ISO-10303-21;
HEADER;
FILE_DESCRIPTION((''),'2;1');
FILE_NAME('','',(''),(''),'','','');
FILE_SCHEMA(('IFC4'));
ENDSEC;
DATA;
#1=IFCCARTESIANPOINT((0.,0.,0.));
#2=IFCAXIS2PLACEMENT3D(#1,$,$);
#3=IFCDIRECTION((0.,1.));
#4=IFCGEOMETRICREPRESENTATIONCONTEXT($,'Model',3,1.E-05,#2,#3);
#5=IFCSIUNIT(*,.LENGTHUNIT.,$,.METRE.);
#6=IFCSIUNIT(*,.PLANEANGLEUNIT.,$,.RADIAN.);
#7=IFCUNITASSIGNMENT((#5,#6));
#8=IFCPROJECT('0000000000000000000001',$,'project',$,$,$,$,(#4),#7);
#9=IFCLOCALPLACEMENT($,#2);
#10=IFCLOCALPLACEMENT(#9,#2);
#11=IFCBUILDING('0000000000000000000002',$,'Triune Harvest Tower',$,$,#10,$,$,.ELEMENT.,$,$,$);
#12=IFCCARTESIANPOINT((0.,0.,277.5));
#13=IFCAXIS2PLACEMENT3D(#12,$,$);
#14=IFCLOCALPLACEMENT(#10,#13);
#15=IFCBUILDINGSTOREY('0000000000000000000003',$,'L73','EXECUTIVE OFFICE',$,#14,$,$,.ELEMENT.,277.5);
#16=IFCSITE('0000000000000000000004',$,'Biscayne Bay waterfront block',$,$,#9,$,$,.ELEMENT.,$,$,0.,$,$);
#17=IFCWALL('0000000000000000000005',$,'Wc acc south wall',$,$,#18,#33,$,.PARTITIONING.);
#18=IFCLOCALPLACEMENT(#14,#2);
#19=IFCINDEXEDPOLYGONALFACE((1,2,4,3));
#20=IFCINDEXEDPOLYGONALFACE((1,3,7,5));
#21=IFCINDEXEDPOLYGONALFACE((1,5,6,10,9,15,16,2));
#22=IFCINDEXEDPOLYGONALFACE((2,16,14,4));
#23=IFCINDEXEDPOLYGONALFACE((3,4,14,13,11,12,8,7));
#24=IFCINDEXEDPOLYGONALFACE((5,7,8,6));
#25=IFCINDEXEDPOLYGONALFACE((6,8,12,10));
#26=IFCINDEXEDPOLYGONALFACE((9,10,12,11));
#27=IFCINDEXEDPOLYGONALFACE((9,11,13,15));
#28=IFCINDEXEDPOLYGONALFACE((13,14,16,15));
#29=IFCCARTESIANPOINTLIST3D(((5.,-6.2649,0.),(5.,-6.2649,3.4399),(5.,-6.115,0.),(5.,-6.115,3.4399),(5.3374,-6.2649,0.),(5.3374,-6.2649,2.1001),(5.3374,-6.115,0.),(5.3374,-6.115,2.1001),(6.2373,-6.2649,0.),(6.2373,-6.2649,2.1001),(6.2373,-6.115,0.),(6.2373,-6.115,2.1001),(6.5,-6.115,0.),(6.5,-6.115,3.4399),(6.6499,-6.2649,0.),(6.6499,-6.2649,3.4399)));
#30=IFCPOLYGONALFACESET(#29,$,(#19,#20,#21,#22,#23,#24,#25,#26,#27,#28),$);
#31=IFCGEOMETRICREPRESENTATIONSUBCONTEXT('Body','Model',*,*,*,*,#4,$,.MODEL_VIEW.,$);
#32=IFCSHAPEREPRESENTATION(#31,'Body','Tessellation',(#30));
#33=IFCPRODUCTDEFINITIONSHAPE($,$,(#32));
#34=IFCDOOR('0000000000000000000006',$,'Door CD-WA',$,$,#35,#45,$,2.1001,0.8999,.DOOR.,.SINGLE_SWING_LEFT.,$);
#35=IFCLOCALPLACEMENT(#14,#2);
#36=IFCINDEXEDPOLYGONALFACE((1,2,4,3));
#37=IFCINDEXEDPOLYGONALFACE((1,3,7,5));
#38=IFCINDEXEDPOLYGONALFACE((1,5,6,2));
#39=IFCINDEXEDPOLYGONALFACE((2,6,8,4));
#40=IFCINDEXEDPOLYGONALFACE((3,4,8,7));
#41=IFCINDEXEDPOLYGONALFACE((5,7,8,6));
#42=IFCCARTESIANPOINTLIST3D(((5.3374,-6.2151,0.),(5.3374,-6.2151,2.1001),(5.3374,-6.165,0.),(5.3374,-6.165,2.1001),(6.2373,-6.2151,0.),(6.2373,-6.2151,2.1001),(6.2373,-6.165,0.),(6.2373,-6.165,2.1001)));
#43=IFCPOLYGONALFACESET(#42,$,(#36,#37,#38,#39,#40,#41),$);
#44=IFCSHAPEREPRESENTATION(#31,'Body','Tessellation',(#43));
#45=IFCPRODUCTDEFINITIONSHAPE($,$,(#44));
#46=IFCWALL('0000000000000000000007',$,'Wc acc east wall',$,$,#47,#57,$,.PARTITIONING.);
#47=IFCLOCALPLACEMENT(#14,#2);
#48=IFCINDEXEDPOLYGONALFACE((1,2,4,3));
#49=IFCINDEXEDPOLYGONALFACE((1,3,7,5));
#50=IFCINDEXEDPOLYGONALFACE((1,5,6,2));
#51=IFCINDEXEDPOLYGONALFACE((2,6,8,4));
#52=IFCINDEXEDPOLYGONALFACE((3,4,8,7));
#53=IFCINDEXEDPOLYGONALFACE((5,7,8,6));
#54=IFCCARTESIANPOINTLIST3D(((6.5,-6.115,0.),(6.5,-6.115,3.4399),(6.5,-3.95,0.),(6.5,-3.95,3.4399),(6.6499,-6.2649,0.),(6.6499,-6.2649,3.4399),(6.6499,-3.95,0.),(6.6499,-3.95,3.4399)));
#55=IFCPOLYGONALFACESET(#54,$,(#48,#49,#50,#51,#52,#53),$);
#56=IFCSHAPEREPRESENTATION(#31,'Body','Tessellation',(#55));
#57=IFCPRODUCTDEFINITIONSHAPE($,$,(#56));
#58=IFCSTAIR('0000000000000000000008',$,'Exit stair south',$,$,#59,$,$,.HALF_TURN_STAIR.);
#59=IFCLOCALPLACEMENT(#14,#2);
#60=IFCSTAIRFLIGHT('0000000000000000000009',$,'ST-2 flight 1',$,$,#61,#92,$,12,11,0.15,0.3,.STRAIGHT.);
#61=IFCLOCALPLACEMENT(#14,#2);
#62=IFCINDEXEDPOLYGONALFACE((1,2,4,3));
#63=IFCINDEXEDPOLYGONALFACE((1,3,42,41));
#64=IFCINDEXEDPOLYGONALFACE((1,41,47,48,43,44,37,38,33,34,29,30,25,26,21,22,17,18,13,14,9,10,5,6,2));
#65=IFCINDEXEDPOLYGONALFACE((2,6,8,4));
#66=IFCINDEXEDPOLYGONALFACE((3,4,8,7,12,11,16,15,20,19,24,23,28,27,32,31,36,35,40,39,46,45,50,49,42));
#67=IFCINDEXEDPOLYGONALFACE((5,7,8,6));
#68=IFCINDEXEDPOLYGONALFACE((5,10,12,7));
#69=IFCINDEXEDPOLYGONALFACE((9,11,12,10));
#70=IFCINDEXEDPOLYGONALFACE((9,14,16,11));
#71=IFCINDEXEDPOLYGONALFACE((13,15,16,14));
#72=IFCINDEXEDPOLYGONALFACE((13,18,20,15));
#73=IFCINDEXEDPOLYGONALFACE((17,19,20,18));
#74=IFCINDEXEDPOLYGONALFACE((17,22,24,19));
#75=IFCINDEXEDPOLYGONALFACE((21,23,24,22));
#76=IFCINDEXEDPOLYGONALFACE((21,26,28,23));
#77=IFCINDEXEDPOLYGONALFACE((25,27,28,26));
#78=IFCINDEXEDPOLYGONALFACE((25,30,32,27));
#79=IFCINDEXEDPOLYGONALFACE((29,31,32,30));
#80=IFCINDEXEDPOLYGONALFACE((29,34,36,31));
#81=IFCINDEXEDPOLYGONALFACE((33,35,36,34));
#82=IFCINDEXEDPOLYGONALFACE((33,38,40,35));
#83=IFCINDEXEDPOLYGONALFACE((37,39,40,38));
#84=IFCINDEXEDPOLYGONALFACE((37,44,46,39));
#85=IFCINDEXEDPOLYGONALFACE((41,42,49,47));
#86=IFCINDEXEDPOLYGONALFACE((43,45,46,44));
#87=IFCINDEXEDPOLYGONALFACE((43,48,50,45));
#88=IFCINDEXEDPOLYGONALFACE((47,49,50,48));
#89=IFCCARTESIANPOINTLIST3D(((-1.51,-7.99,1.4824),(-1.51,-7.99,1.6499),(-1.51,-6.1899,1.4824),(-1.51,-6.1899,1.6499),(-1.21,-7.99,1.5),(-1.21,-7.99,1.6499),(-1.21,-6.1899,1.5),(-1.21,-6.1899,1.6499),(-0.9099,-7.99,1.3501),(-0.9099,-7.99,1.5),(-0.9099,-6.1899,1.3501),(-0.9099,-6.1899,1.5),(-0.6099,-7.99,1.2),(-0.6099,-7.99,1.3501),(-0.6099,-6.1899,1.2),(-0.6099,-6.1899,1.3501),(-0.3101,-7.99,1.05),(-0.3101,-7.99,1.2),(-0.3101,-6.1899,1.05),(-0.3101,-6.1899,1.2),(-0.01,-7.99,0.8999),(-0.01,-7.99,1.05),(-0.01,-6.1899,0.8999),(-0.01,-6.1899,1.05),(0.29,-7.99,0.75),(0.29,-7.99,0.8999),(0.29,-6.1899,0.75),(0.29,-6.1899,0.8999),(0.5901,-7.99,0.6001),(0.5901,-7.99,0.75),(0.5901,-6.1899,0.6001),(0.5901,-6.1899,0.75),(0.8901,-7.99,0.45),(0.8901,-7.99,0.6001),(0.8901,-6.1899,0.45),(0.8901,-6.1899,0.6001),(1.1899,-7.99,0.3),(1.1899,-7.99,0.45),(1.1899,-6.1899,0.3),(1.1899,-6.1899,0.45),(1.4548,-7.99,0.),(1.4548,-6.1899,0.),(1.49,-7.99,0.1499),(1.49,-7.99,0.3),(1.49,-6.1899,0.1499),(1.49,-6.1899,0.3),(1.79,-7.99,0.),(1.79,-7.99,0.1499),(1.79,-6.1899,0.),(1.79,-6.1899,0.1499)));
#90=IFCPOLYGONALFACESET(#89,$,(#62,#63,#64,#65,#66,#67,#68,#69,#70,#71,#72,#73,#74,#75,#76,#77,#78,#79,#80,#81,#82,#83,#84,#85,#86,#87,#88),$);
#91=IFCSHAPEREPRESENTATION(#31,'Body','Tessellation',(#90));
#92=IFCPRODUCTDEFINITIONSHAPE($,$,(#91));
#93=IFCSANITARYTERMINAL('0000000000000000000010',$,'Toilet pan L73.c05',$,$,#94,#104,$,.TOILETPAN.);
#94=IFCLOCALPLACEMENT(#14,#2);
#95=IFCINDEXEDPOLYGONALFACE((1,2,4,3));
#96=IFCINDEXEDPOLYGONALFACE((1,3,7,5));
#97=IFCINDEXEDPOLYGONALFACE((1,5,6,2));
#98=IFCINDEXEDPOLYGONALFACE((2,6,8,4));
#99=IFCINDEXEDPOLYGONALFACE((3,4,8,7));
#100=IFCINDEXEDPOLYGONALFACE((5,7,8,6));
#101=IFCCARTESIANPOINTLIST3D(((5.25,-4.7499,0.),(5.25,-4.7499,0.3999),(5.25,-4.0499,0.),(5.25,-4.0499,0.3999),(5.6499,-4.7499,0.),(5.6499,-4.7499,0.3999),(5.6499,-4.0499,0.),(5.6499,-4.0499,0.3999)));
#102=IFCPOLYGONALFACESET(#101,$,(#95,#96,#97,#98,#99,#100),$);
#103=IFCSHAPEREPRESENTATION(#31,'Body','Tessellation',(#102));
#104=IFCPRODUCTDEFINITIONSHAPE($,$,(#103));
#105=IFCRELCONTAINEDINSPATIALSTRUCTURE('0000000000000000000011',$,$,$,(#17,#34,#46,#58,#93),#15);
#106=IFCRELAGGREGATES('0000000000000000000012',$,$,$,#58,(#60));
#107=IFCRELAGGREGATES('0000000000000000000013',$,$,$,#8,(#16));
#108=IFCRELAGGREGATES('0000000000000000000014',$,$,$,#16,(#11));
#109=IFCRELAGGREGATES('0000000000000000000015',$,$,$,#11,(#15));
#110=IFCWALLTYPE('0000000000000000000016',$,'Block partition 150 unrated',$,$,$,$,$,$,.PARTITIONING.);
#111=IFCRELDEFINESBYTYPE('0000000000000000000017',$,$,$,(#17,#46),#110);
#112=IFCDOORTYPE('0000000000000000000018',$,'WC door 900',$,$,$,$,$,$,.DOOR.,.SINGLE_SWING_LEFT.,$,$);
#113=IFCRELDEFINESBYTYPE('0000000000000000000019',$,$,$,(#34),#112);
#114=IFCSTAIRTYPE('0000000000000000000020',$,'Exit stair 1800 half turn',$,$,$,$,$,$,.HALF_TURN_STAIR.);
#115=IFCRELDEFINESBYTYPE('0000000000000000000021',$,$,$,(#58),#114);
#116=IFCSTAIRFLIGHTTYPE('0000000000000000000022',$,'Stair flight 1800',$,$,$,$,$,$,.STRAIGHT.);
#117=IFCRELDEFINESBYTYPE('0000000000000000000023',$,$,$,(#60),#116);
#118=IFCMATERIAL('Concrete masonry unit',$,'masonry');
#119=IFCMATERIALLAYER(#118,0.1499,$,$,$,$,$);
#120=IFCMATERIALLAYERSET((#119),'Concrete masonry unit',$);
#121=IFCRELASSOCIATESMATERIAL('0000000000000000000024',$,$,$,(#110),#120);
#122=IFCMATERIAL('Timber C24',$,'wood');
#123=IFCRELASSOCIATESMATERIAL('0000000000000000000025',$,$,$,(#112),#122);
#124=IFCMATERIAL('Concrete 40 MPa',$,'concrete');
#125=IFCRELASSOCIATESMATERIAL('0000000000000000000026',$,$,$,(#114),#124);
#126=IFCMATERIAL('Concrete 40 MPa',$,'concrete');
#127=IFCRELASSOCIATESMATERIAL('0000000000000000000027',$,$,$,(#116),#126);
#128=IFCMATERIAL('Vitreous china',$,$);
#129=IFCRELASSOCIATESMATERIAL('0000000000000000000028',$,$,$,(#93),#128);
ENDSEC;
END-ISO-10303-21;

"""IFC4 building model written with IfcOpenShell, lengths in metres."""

from ifc_helpers import new_model, si_unit, direction, frame, frame_2d, origin, origin_2d, place, context, subcontext, project, spatial, polyline, rectangle, outline, extrude, source, transform, mapped, material, layer, layer_set, type_object, element, fill, aggregate, save


model = new_model("IFC4")

# Units and contexts
model_context = context("Model", 3, precision=1e-05, world=origin(), true_north=direction((0.0, 1.0)))
body_context = subcontext(model_context, "Body", "Model", "MODEL_VIEW")
ifc_project = project(units=[si_unit("LENGTHUNIT", "METRE"), si_unit("PLANEANGLEUNIT", "RADIAN")], contexts=[model_context])

# Site, building, storey
site_placement = place(None, origin())
site = spatial("IfcSite", under=ifc_project, at=site_placement, Name="Biscayne Bay waterfront block", CompositionType="ELEMENT", RefElevation=0.0)
building_placement = place(site_placement, origin())
building = spatial("IfcBuilding", under=site, at=building_placement, Name="Triune Harvest Tower", CompositionType="ELEMENT")
storey_placement = place(building_placement, frame((0.0, 0.0, 277.5)))
storey = spatial("IfcBuildingStorey", under=building, at=storey_placement, Name="L73", Description="EXECUTIVE OFFICE", CompositionType="ELEMENT", Elevation=277.5)

# Wall, opening, door
ifc_material_1 = material(Name="Concrete masonry unit", Category="masonry")
ifc_layer_1 = layer(ifc_material_1, 0.1499)
ifc_layer_set_1 = layer_set([ifc_layer_1], Name="Concrete masonry unit")
wall_type_1 = type_object("IfcWallType", Name="Block partition 150 unrated", PredefinedType="PARTITIONING", material=ifc_layer_set_1)
shared_shape_1 = source(origin(), body_context, "Body", "SweptSolid", [
    extrude(outline(polyline([(0.0, -0.075), (1.6499, -0.075), (1.5, 0.075), (0.0, 0.075), (0.0, -0.075)])), origin(), (0.0, 0.0, 1.0), 3.4399),
])
wall_1_placement = place(storey_placement, frame((5.0, -6.1899, 0.0), z_axis=(0.0, 0.0, 1.0), x_axis=(1.0, 0.0, 0.0)))
wall_1 = element("IfcWall", 1, at=wall_1_placement, inside=storey, type_object=wall_type_1, Name="Wc acc south wall", PredefinedType="PARTITIONING", context=body_context, shape_type="MappedRepresentation", body=[
    mapped(shared_shape_1, transform((0.0, 0.0, 0.0), scale=1.0)),
])
opening_1_placement = place(wall_1_placement, frame((0.3374, 0.0, 0.0)))
opening_1 = element("IfcOpeningElement", 2, at=opening_1_placement, cuts=wall_1, PredefinedType="OPENING", context=body_context, shape_type="SweptSolid", body=[
    extrude(rectangle(XDim=0.8999, YDim=2.1001, at=frame_2d((0.45, 1.05))), frame((0.0, 0.085, 0.0), z_axis=(0.0, -1.0, 0.0), x_axis=(1.0, 0.0, 0.0)), (0.0, 0.0, 1.0), 0.1699),
])
ifc_material_2 = material(Name="Timber C24", Category="wood")
door_type_1 = type_object("IfcDoorType", Name="WC door 900", OperationType="SINGLE_SWING_LEFT", PredefinedType="DOOR", material=ifc_material_2)
door_1_placement = place(opening_1_placement, origin())
door_1 = element("IfcDoor", 3, at=door_1_placement, inside=storey, type_object=door_type_1, Name="Door CD-WA", OperationType="SINGLE_SWING_LEFT", OverallHeight=2.1001, OverallWidth=0.8999, PredefinedType="DOOR", context=body_context, shape_type="SweptSolid", body=[
    extrude(rectangle(XDim=0.8999, YDim=2.1001, at=frame_2d((0.45, 1.05))), frame((0.0, 0.0249, 0.0), z_axis=(0.0, -1.0, 0.0), x_axis=(1.0, 0.0, 0.0)), (0.0, 0.0, 1.0), 0.05),
])
fill(opening_1, door_1)

# Wall
shared_shape_2 = source(origin(), body_context, "Body", "SweptSolid", [
    extrude(outline(polyline([(-0.075, -0.075), (2.24, -0.075), (2.24, 0.075), (0.075, 0.075), (-0.075, -0.075)])), origin(), (0.0, 0.0, 1.0), 3.4399),
])
wall_2_placement = place(storey_placement, frame((6.575, -6.1899, 0.0), z_axis=(0.0, 0.0, 1.0), x_axis=(0.0, 1.0, 0.0)))
element("IfcWall", 4, at=wall_2_placement, inside=storey, type_object=wall_type_1, Name="Wc acc east wall", PredefinedType="PARTITIONING", context=body_context, shape_type="MappedRepresentation", body=[
    mapped(shared_shape_2, transform((0.0, 0.0, 0.0), scale=1.0)),
])

# Stair, stair flight
ifc_material_3 = material(Name="Concrete 40 MPa", Category="concrete")
stair_type = type_object("IfcStairType", Name="Exit stair 1800 half turn", PredefinedType="HALF_TURN_STAIR", material=ifc_material_3)
stair_placement = place(storey_placement, origin())
stair = element("IfcStair", 5, at=stair_placement, inside=storey, type_object=stair_type, Name="Exit stair south", PredefinedType="HALF_TURN_STAIR")
ifc_material_4 = material(Name="Concrete 40 MPa", Category="concrete")
stair_flight_type = type_object("IfcStairFlightType", Name="Stair flight 1800", PredefinedType="STRAIGHT", material=ifc_material_4)
shared_shape_3 = source(origin(), body_context, "Body", "SweptSolid", [
    extrude(outline(polyline([(0.0, 0.0), (0.0, 0.1499), (0.3, 0.1499), (0.3, 0.3), (0.6001, 0.3), (0.6001, 0.45), (0.8999, 0.45), (0.8999, 0.6001), (1.2, 0.6001), (1.2, 0.75), (1.5, 0.75), (1.5, 0.8999), (1.8, 0.8999), (1.8, 1.05), (2.1001, 1.05), (2.1001, 1.2), (2.3999, 1.2), (2.3999, 1.3501), (2.7, 1.3501), (2.7, 1.5), (3.0, 1.5), (3.0, 1.6499), (3.3, 1.6499), (3.3, 1.8), (3.3, 1.4824), (0.3352, 0.0), (0.0, 0.0)])), frame((0.0, 0.8999, 0.0), z_axis=(0.0, -1.0, 0.0), x_axis=(1.0, 0.0, 0.0)), (0.0, 0.0, 1.0), 1.8),
])
stair_flight_placement = place(storey_placement, frame((1.79, -7.0901, 0.0), z_axis=(0.0, 0.0, 1.0), x_axis=(-1.0, 0.0, 0.0)))
stair_flight = element("IfcStairFlight", 6, at=stair_flight_placement, type_object=stair_flight_type, Name="ST-2 flight 1", NumberOfRisers=12, NumberOfTreads=11, PredefinedType="STRAIGHT", RiserHeight=0.15, TreadLength=0.3, context=body_context, shape_type="MappedRepresentation", body=[
    mapped(shared_shape_3, transform((0.0, 0.0, 0.0), scale=1.0)),
])
aggregate(stair, [stair_flight])

# Sanitary terminal
ifc_material_5 = material(Name="Vitreous china")
shared_shape_4 = source(origin(), body_context, "Body", "SweptSolid", [
    extrude(rectangle(XDim=0.3999, YDim=0.7, at=origin_2d()), origin(), (0.0, 0.0, 1.0), 0.3999),
])
sanitary_terminal_placement = place(storey_placement, frame((5.45, -4.3999, 0.0), z_axis=(0.0, 0.0, 1.0), x_axis=(1.0, 0.0, 0.0)))
element("IfcSanitaryTerminal", 7, at=sanitary_terminal_placement, inside=storey, material=ifc_material_5, Name="Toilet pan L73.c05", PredefinedType="TOILETPAN", context=body_context, shape_type="MappedRepresentation", body=[
    mapped(shared_shape_4, transform((0.0, 0.0, 0.0), scale=1.0)),
])

save(model, "model.ifc")
